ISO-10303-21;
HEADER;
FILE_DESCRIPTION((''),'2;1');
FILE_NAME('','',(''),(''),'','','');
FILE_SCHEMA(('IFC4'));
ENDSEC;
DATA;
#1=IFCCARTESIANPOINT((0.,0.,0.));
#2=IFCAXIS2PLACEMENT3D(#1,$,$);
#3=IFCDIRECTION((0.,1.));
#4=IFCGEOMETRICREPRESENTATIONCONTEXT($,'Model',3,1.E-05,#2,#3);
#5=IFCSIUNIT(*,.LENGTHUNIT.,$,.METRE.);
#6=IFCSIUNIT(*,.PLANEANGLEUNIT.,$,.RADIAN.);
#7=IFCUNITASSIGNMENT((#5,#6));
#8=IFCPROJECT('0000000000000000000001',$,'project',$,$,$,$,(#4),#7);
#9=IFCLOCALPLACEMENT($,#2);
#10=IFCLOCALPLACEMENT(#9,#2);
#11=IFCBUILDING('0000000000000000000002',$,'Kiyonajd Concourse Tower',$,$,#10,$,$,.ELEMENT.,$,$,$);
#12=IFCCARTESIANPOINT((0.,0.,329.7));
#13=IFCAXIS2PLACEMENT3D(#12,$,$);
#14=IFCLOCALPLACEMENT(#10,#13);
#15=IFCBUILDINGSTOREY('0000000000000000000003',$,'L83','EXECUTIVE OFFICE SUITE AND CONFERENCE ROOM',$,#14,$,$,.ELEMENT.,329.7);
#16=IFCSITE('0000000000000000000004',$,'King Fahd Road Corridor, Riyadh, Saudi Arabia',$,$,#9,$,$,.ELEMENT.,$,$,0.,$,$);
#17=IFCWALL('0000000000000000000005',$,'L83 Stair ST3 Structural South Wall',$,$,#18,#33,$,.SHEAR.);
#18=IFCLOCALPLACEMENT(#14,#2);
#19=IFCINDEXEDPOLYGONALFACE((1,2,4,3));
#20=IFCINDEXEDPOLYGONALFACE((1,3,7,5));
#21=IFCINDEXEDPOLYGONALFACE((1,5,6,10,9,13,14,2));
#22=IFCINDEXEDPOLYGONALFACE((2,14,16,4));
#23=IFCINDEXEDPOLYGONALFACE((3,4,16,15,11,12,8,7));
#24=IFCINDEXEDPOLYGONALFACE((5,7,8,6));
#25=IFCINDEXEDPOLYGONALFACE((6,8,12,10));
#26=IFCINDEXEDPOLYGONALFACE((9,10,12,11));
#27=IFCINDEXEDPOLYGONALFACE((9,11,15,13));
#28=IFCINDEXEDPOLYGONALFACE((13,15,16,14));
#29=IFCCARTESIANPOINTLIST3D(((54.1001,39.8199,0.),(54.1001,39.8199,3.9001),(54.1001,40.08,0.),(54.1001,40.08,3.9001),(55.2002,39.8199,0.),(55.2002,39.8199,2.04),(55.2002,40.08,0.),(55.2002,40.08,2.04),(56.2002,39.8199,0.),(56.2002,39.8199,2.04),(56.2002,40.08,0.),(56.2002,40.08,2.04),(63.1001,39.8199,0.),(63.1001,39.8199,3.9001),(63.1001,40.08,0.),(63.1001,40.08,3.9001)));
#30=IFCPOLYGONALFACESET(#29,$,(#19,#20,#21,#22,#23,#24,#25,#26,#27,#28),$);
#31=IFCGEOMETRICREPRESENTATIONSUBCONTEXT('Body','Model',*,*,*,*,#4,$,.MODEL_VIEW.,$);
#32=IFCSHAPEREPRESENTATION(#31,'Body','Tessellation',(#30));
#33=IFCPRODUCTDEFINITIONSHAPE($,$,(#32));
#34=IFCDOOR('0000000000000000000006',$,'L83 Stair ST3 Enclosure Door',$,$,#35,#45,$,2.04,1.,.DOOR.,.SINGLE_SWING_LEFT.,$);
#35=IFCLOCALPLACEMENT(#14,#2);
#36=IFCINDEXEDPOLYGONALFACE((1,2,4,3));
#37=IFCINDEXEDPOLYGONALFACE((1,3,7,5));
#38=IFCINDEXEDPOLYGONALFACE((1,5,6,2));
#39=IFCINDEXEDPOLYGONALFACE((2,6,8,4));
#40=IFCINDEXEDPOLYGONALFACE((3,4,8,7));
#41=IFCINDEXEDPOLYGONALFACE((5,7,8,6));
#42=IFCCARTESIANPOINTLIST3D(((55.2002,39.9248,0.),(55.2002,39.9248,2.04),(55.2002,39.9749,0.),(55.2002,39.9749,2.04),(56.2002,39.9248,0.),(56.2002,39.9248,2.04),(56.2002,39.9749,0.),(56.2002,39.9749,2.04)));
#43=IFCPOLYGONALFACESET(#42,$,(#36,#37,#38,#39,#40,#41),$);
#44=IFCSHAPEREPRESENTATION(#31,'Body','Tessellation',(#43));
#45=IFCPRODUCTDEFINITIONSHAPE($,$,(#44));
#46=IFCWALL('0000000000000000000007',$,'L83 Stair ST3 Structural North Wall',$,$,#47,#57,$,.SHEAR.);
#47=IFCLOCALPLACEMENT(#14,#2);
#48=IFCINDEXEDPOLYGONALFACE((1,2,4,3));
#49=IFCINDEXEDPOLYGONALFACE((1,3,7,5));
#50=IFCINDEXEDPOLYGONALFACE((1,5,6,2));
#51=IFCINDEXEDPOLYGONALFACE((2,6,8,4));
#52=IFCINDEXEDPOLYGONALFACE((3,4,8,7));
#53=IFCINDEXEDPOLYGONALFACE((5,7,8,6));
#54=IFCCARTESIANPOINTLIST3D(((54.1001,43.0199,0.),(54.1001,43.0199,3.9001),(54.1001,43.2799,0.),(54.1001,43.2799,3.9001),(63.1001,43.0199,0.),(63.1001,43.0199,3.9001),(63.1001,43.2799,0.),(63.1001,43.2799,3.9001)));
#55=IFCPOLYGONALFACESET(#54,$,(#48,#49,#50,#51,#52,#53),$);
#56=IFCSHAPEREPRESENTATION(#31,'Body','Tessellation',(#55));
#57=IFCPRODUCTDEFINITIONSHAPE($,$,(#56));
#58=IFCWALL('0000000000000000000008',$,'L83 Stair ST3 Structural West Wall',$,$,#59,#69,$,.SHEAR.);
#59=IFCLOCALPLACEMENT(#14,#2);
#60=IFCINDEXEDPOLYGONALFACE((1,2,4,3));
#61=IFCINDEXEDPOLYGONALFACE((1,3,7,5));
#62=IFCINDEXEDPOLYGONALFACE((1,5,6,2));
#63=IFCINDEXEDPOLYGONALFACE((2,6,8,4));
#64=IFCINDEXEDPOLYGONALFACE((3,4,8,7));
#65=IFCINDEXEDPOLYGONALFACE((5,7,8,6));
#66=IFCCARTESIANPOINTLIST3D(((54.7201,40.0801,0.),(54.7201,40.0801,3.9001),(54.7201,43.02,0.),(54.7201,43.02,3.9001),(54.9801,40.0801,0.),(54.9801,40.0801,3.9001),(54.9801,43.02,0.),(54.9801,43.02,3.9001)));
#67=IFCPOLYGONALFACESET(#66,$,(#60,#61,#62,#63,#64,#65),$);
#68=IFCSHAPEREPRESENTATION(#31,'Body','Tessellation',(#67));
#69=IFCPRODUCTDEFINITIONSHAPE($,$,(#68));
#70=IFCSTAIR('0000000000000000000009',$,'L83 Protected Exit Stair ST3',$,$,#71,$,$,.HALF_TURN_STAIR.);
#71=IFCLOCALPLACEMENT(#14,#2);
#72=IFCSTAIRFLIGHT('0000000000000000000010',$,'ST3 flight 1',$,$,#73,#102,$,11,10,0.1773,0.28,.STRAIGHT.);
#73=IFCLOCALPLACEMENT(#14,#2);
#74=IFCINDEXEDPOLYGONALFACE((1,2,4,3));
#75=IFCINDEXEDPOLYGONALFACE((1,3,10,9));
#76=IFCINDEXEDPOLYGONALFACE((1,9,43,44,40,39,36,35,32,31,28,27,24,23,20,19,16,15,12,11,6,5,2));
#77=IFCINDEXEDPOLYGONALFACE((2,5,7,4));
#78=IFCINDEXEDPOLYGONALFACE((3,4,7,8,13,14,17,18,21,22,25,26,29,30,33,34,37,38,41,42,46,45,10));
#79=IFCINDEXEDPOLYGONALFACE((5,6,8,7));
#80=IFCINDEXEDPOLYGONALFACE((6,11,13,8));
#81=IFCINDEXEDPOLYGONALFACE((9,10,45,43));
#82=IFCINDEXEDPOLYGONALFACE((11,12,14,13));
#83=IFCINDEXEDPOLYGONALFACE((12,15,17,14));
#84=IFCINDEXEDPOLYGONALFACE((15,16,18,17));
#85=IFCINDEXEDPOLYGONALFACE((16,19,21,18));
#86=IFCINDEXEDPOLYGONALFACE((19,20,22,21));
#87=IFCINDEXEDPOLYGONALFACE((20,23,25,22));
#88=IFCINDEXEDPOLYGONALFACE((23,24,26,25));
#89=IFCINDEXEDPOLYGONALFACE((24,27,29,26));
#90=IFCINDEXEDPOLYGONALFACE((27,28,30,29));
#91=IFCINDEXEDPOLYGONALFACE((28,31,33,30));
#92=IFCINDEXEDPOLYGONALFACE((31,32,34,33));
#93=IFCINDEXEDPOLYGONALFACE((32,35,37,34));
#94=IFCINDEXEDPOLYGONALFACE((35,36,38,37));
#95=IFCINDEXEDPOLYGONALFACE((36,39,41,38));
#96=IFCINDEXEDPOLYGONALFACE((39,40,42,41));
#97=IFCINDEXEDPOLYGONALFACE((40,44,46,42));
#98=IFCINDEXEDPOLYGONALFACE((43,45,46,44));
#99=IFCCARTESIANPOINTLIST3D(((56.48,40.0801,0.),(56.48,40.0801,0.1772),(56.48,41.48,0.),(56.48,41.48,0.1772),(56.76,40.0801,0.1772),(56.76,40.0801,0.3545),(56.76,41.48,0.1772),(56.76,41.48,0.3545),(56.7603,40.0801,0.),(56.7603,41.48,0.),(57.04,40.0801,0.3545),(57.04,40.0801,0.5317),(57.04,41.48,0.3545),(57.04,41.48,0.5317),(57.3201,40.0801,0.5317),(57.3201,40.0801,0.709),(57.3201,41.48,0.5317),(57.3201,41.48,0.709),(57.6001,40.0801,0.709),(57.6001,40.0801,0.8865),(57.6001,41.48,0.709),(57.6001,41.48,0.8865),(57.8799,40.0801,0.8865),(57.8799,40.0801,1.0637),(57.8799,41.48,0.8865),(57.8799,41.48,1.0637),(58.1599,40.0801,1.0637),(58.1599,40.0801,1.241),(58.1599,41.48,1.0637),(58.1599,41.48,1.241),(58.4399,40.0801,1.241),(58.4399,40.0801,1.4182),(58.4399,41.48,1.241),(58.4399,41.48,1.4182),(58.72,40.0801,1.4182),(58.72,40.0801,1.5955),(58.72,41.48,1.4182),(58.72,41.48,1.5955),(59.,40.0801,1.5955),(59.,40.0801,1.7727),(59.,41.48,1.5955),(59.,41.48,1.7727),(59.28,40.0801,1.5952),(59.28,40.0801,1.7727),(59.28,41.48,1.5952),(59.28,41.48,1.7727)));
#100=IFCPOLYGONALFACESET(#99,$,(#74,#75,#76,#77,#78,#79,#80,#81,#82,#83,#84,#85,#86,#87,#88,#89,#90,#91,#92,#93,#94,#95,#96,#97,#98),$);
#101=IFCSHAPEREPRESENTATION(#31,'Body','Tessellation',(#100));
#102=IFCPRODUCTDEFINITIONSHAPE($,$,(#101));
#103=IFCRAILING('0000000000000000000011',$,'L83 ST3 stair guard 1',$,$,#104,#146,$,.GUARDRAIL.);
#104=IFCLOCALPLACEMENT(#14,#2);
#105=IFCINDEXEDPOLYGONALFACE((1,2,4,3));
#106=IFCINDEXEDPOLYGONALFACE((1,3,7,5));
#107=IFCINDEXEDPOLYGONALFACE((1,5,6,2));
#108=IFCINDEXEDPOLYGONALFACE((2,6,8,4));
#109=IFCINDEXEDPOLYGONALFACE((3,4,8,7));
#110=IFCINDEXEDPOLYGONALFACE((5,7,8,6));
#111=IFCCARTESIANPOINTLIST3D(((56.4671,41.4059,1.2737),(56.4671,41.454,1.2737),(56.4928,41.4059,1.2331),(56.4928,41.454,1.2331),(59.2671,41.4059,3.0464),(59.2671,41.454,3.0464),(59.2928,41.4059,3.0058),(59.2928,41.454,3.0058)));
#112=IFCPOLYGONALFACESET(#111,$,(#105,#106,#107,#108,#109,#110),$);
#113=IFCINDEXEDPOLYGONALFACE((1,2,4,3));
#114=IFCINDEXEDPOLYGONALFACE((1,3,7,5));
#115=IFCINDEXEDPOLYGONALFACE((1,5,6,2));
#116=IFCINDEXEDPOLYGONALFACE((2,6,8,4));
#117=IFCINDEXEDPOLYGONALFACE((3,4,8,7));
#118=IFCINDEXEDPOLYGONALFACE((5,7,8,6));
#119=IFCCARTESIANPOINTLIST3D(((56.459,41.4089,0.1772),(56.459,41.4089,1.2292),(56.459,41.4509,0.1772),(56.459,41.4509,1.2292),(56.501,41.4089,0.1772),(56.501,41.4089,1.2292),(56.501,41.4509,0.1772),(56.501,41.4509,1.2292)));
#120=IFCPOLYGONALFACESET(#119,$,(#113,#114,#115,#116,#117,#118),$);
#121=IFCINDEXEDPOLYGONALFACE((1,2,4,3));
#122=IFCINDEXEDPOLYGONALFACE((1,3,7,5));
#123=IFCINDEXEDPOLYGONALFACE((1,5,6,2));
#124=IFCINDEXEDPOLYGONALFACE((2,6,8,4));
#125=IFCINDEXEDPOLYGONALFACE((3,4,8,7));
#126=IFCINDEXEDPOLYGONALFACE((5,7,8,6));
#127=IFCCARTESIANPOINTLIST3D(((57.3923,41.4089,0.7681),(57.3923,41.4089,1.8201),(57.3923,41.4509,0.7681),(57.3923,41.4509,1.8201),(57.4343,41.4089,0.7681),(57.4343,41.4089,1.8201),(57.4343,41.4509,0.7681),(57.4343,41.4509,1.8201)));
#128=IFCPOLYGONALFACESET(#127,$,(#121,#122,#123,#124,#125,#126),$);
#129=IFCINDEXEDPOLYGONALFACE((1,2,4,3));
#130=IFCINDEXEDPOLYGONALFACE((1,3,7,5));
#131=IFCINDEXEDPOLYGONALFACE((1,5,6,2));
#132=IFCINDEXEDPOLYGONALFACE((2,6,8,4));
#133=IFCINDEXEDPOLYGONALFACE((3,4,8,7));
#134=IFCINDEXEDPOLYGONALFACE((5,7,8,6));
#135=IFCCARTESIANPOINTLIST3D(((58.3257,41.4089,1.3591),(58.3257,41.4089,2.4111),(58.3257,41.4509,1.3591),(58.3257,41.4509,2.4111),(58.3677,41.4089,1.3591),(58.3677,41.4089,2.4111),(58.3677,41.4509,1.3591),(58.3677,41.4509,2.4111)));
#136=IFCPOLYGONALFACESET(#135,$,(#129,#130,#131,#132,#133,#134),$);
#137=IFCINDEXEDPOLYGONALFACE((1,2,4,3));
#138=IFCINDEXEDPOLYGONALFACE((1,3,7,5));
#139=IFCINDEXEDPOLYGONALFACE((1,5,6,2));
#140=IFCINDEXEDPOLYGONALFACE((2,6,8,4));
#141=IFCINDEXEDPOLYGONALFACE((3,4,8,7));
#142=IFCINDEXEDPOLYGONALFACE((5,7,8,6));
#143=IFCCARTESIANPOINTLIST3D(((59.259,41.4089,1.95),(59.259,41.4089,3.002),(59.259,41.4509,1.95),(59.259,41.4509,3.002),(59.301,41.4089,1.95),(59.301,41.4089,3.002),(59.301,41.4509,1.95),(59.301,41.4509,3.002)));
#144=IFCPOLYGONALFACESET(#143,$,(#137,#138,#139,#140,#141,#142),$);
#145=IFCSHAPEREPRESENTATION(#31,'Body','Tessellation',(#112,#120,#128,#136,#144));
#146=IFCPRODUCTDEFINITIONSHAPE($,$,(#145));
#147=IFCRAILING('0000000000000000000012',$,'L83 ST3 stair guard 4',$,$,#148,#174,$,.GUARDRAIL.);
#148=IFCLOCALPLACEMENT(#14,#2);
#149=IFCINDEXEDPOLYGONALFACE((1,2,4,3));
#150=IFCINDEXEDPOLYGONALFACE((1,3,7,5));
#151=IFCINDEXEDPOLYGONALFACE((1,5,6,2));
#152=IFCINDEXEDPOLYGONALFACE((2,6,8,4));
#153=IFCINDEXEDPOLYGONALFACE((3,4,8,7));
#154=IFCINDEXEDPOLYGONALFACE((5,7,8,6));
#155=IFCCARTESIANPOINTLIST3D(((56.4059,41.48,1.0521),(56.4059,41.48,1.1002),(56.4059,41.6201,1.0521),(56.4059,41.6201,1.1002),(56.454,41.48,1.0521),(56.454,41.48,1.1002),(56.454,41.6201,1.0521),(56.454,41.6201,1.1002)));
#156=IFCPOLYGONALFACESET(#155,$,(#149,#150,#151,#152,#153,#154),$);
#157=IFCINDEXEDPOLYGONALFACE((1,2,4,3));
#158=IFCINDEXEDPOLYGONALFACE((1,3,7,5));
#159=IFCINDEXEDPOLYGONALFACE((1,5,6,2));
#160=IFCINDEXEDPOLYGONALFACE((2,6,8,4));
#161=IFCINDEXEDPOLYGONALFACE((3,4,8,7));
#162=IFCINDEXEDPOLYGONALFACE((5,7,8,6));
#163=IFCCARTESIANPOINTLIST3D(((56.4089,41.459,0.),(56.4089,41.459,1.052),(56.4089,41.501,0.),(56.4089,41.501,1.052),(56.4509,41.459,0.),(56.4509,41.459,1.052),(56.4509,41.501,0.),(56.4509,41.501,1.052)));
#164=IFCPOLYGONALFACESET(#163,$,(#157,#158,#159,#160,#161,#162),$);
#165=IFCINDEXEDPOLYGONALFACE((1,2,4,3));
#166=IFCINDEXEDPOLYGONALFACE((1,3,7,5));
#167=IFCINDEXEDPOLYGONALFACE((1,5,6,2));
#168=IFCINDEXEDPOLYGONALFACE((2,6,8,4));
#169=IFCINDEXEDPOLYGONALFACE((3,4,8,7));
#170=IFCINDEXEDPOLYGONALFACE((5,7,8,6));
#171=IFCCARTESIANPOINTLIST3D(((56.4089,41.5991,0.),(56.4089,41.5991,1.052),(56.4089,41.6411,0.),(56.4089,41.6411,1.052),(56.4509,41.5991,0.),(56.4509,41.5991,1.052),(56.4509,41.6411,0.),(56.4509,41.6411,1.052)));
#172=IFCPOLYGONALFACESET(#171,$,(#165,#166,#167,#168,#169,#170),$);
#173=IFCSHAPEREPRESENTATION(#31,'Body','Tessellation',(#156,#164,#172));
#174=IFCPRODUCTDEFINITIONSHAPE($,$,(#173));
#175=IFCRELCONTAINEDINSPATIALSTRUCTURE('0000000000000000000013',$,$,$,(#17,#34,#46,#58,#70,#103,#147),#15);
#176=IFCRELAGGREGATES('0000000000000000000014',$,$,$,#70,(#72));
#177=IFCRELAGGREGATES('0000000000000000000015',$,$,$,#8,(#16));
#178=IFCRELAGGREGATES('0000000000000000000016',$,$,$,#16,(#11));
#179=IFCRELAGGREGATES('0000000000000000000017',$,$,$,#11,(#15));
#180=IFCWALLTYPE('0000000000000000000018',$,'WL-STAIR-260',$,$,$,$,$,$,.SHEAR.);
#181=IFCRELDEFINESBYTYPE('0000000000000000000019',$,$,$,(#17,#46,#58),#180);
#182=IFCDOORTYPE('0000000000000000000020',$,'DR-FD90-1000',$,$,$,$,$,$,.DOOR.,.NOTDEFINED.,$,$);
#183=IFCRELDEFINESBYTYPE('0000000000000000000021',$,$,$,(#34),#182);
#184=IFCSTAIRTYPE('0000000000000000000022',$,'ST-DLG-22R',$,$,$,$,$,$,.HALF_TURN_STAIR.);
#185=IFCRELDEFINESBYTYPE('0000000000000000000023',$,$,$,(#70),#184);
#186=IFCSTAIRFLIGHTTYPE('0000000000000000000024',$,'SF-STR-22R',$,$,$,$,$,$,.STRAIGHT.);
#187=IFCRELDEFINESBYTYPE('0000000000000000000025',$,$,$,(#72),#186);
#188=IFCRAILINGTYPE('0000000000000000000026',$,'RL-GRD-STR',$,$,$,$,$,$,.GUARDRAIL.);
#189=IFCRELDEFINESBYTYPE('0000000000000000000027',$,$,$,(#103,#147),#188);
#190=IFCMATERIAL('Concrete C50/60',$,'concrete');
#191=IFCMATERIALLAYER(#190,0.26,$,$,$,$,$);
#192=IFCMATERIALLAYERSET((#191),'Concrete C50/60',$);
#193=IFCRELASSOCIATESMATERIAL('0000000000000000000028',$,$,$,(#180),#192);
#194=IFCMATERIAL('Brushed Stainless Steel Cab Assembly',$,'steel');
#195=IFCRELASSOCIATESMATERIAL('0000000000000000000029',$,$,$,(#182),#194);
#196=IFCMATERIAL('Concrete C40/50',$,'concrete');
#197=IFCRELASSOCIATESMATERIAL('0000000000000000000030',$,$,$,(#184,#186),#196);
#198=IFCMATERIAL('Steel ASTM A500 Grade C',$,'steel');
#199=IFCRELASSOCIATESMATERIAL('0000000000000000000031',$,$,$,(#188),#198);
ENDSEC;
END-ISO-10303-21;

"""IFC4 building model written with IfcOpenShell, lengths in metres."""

from ifc_helpers import new_model, si_unit, direction, frame, frame_2d, origin, origin_2d, place, context, subcontext, project, spatial, polyline, rectangle, outline, extrude, material, layer, layer_set, type_object, element, fill, aggregate, save


model = new_model("IFC4")

# Units and contexts
model_context = context("Model", 3, precision=1e-05, world=origin(), true_north=direction((0.0, 1.0)))
body_context = subcontext(model_context, "Body", "Model", "MODEL_VIEW")
ifc_project = project(units=[si_unit("LENGTHUNIT", "METRE"), si_unit("PLANEANGLEUNIT", "RADIAN")], contexts=[model_context])

# Site, building, storey
site_placement = place(None, origin())
site = spatial("IfcSite", under=ifc_project, at=site_placement, Name="King Fahd Road Corridor, Riyadh, Saudi Arabia", CompositionType="ELEMENT", RefElevation=0.0)
building_placement = place(site_placement, origin())
building = spatial("IfcBuilding", under=site, at=building_placement, Name="Kiyonajd Concourse Tower", CompositionType="ELEMENT")
storey_placement = place(building_placement, frame((0.0, 0.0, 329.7)))
storey = spatial("IfcBuildingStorey", under=building, at=storey_placement, Name="L83", Description="EXECUTIVE OFFICE SUITE AND CONFERENCE ROOM", CompositionType="ELEMENT", Elevation=329.7)

# Shared definitions
ifc_material_1 = material(Name="Concrete C50/60", Category="concrete")

# Shared definitions
ifc_material_2 = material(Name="Brushed Stainless Steel Cab Assembly", Category="steel")

# Wall, opening, door
ifc_layer_1 = layer(ifc_material_1, 0.26)
ifc_layer_set_1 = layer_set([ifc_layer_1], Name="Concrete C50/60")
wall_type_1 = type_object("IfcWallType", Name="WL-STAIR-260", PredefinedType="SHEAR", material=ifc_layer_set_1)
wall_1_placement = place(storey_placement, frame((54.1001, 39.95, 0.0), z_axis=(0.0, 0.0, 1.0), x_axis=(1.0, 0.0, 0.0)))
wall_1 = element("IfcWall", 1, at=wall_1_placement, inside=storey, type_object=wall_type_1, Name="L83 Stair ST3 Structural South Wall", PredefinedType="SHEAR", context=body_context, shape_type="SweptSolid", body=[
    extrude(rectangle(XDim=9.0, YDim=0.26, at=frame_2d((4.5, 0.0))), origin(), (0.0, 0.0, 1.0), 3.9001),
])
opening_1_placement = place(wall_1_placement, frame((1.1001, 0.0, 0.0)))
opening_1 = element("IfcOpeningElement", 2, at=opening_1_placement, cuts=wall_1, PredefinedType="OPENING", context=body_context, shape_type="SweptSolid", body=[
    extrude(rectangle(XDim=1.0, YDim=2.04, at=frame_2d((0.5, 1.02))), frame((0.0, 0.1399, 0.0), z_axis=(0.0, -1.0, 0.0), x_axis=(1.0, 0.0, 0.0)), (0.0, 0.0, 1.0), 0.28),
])
door_type_1 = type_object("IfcDoorType", Name="DR-FD90-1000", OperationType="NOTDEFINED", PredefinedType="DOOR", material=ifc_material_2)
door_1_placement = place(opening_1_placement, origin())
door_1 = element("IfcDoor", 3, at=door_1_placement, inside=storey, type_object=door_type_1, Name="L83 Stair ST3 Enclosure Door", OperationType="SINGLE_SWING_LEFT", OverallHeight=2.04, OverallWidth=1.0, PredefinedType="DOOR", context=body_context, shape_type="SweptSolid", body=[
    extrude(rectangle(XDim=1.0, YDim=2.04, at=frame_2d((0.5, 1.02))), frame((0.0, 0.0249, 0.0), z_axis=(0.0, -1.0, 0.0), x_axis=(1.0, 0.0, 0.0)), (0.0, 0.0, 1.0), 0.05),
])
fill(opening_1, door_1)

# Walls
wall_2_placement = place(storey_placement, frame((54.1001, 43.1499, 0.0), z_axis=(0.0, 0.0, 1.0), x_axis=(1.0, 0.0, 0.0)))
element("IfcWall", 4, at=wall_2_placement, inside=storey, type_object=wall_type_1, Name="L83 Stair ST3 Structural North Wall", PredefinedType="SHEAR", context=body_context, shape_type="SweptSolid", body=[
    extrude(rectangle(XDim=9.0, YDim=0.26, at=frame_2d((4.5, 0.0))), origin(), (0.0, 0.0, 1.0), 3.9001),
])
wall_3_placement = place(storey_placement, frame((54.8501, 40.0801, 0.0), z_axis=(0.0, 0.0, 1.0), x_axis=(0.0, 1.0, 0.0)))
element("IfcWall", 5, at=wall_3_placement, inside=storey, type_object=wall_type_1, Name="L83 Stair ST3 Structural West Wall", PredefinedType="SHEAR", context=body_context, shape_type="SweptSolid", body=[
    extrude(rectangle(XDim=2.9399, YDim=0.26, at=frame_2d((1.47, 0.0))), origin(), (0.0, 0.0, 1.0), 3.9001),
])

# Stair, stair flight
ifc_material_3 = material(Name="Concrete C40/50", Category="concrete")
stair_type = type_object("IfcStairType", Name="ST-DLG-22R", PredefinedType="HALF_TURN_STAIR", material=ifc_material_3)
stair_placement = place(storey_placement, origin())
stair = element("IfcStair", 6, at=stair_placement, inside=storey, type_object=stair_type, Name="L83 Protected Exit Stair ST3", PredefinedType="HALF_TURN_STAIR")
stair_flight_type = type_object("IfcStairFlightType", Name="SF-STR-22R", PredefinedType="STRAIGHT", material=ifc_material_3)
stair_flight_placement = place(storey_placement, frame((56.48, 40.78, 0.0), z_axis=(0.0, 0.0, 1.0), x_axis=(1.0, 0.0, 0.0)))
stair_flight = element("IfcStairFlight", 7, at=stair_flight_placement, type_object=stair_flight_type, Name="ST3 flight 1", NumberOfRisers=11, NumberOfTreads=10, PredefinedType="STRAIGHT", RiserHeight=0.1773, TreadLength=0.28, context=body_context, shape_type="SweptSolid", body=[
    extrude(outline(polyline([(0.0, 0.0), (0.0, 0.1772), (0.28, 0.1772), (0.28, 0.3545), (0.5601, 0.3545), (0.5601, 0.5317), (0.8401, 0.5317), (0.8401, 0.709), (1.1201, 0.709), (1.1201, 0.8865), (1.3999, 0.8865), (1.3999, 1.0637), (1.6799, 1.0637), (1.6799, 1.241), (1.96, 1.241), (1.96, 1.4182), (2.24, 1.4182), (2.24, 1.5955), (2.52, 1.5955), (2.52, 1.7727), (2.8, 1.7727), (2.8, 1.95), (2.8, 1.5952), (0.2803, 0.0), (0.0, 0.0)])), frame((0.0, 0.7, 0.0), z_axis=(0.0, -1.0, 0.0), x_axis=(1.0, 0.0, 0.0)), (0.0, 0.0, 1.0), 1.3999),
])
aggregate(stair, [stair_flight])

# Railings
ifc_material_4 = material(Name="Steel ASTM A500 Grade C", Category="steel")
railing_type_1 = type_object("IfcRailingType", Name="RL-GRD-STR", PredefinedType="GUARDRAIL", material=ifc_material_4)
railing_1_placement = place(storey_placement, frame((56.48, 41.4299, 0.1772)))
element("IfcRailing", 8, at=railing_1_placement, inside=storey, type_object=railing_type_1, Name="L83 ST3 stair guard 1", PredefinedType="GUARDRAIL", context=body_context, shape_type="SweptSolid", body=[
    extrude(rectangle(XDim=0.0481, YDim=0.0481, at=origin_2d()), frame((0.0, 0.0, 1.0762), z_axis=(0.844909, 0.0, 0.53491), x_axis=(0.0, 1.0, 0.0)), (0.0, 0.0, 1.0), 3.314),
    extrude(rectangle(XDim=0.042, YDim=0.042, at=origin_2d()), origin(), (0.0, 0.0, 1.0), 1.052),
    extrude(rectangle(XDim=0.042, YDim=0.042, at=origin_2d()), frame((0.9333, 0.0, 0.5908)), (0.0, 0.0, 1.0), 1.052),
    extrude(rectangle(XDim=0.042, YDim=0.042, at=origin_2d()), frame((1.8667, 0.0, 1.1819)), (0.0, 0.0, 1.0), 1.052),
    extrude(rectangle(XDim=0.042, YDim=0.042, at=origin_2d()), frame((2.8, 0.0, 1.7727)), (0.0, 0.0, 1.0), 1.052),
])
railing_2_placement = place(storey_placement, frame((56.4299, 41.48, 0.0)))
element("IfcRailing", 9, at=railing_2_placement, inside=storey, type_object=railing_type_1, Name="L83 ST3 stair guard 4", PredefinedType="GUARDRAIL", context=body_context, shape_type="SweptSolid", body=[
    extrude(rectangle(XDim=0.0481, YDim=0.0481, at=origin_2d()), frame((0.0, 0.0, 1.0762), z_axis=(0.0, 1.0, 0.0), x_axis=(-1.0, 0.0, 0.0)), (0.0, 0.0, 1.0), 0.1401),
    extrude(rectangle(XDim=0.042, YDim=0.042, at=origin_2d()), origin(), (0.0, 0.0, 1.0), 1.052),
    extrude(rectangle(XDim=0.042, YDim=0.042, at=origin_2d()), frame((0.0, 0.1401, 0.0)), (0.0, 0.0, 1.0), 1.052),
])

save(model, "model.ifc")
